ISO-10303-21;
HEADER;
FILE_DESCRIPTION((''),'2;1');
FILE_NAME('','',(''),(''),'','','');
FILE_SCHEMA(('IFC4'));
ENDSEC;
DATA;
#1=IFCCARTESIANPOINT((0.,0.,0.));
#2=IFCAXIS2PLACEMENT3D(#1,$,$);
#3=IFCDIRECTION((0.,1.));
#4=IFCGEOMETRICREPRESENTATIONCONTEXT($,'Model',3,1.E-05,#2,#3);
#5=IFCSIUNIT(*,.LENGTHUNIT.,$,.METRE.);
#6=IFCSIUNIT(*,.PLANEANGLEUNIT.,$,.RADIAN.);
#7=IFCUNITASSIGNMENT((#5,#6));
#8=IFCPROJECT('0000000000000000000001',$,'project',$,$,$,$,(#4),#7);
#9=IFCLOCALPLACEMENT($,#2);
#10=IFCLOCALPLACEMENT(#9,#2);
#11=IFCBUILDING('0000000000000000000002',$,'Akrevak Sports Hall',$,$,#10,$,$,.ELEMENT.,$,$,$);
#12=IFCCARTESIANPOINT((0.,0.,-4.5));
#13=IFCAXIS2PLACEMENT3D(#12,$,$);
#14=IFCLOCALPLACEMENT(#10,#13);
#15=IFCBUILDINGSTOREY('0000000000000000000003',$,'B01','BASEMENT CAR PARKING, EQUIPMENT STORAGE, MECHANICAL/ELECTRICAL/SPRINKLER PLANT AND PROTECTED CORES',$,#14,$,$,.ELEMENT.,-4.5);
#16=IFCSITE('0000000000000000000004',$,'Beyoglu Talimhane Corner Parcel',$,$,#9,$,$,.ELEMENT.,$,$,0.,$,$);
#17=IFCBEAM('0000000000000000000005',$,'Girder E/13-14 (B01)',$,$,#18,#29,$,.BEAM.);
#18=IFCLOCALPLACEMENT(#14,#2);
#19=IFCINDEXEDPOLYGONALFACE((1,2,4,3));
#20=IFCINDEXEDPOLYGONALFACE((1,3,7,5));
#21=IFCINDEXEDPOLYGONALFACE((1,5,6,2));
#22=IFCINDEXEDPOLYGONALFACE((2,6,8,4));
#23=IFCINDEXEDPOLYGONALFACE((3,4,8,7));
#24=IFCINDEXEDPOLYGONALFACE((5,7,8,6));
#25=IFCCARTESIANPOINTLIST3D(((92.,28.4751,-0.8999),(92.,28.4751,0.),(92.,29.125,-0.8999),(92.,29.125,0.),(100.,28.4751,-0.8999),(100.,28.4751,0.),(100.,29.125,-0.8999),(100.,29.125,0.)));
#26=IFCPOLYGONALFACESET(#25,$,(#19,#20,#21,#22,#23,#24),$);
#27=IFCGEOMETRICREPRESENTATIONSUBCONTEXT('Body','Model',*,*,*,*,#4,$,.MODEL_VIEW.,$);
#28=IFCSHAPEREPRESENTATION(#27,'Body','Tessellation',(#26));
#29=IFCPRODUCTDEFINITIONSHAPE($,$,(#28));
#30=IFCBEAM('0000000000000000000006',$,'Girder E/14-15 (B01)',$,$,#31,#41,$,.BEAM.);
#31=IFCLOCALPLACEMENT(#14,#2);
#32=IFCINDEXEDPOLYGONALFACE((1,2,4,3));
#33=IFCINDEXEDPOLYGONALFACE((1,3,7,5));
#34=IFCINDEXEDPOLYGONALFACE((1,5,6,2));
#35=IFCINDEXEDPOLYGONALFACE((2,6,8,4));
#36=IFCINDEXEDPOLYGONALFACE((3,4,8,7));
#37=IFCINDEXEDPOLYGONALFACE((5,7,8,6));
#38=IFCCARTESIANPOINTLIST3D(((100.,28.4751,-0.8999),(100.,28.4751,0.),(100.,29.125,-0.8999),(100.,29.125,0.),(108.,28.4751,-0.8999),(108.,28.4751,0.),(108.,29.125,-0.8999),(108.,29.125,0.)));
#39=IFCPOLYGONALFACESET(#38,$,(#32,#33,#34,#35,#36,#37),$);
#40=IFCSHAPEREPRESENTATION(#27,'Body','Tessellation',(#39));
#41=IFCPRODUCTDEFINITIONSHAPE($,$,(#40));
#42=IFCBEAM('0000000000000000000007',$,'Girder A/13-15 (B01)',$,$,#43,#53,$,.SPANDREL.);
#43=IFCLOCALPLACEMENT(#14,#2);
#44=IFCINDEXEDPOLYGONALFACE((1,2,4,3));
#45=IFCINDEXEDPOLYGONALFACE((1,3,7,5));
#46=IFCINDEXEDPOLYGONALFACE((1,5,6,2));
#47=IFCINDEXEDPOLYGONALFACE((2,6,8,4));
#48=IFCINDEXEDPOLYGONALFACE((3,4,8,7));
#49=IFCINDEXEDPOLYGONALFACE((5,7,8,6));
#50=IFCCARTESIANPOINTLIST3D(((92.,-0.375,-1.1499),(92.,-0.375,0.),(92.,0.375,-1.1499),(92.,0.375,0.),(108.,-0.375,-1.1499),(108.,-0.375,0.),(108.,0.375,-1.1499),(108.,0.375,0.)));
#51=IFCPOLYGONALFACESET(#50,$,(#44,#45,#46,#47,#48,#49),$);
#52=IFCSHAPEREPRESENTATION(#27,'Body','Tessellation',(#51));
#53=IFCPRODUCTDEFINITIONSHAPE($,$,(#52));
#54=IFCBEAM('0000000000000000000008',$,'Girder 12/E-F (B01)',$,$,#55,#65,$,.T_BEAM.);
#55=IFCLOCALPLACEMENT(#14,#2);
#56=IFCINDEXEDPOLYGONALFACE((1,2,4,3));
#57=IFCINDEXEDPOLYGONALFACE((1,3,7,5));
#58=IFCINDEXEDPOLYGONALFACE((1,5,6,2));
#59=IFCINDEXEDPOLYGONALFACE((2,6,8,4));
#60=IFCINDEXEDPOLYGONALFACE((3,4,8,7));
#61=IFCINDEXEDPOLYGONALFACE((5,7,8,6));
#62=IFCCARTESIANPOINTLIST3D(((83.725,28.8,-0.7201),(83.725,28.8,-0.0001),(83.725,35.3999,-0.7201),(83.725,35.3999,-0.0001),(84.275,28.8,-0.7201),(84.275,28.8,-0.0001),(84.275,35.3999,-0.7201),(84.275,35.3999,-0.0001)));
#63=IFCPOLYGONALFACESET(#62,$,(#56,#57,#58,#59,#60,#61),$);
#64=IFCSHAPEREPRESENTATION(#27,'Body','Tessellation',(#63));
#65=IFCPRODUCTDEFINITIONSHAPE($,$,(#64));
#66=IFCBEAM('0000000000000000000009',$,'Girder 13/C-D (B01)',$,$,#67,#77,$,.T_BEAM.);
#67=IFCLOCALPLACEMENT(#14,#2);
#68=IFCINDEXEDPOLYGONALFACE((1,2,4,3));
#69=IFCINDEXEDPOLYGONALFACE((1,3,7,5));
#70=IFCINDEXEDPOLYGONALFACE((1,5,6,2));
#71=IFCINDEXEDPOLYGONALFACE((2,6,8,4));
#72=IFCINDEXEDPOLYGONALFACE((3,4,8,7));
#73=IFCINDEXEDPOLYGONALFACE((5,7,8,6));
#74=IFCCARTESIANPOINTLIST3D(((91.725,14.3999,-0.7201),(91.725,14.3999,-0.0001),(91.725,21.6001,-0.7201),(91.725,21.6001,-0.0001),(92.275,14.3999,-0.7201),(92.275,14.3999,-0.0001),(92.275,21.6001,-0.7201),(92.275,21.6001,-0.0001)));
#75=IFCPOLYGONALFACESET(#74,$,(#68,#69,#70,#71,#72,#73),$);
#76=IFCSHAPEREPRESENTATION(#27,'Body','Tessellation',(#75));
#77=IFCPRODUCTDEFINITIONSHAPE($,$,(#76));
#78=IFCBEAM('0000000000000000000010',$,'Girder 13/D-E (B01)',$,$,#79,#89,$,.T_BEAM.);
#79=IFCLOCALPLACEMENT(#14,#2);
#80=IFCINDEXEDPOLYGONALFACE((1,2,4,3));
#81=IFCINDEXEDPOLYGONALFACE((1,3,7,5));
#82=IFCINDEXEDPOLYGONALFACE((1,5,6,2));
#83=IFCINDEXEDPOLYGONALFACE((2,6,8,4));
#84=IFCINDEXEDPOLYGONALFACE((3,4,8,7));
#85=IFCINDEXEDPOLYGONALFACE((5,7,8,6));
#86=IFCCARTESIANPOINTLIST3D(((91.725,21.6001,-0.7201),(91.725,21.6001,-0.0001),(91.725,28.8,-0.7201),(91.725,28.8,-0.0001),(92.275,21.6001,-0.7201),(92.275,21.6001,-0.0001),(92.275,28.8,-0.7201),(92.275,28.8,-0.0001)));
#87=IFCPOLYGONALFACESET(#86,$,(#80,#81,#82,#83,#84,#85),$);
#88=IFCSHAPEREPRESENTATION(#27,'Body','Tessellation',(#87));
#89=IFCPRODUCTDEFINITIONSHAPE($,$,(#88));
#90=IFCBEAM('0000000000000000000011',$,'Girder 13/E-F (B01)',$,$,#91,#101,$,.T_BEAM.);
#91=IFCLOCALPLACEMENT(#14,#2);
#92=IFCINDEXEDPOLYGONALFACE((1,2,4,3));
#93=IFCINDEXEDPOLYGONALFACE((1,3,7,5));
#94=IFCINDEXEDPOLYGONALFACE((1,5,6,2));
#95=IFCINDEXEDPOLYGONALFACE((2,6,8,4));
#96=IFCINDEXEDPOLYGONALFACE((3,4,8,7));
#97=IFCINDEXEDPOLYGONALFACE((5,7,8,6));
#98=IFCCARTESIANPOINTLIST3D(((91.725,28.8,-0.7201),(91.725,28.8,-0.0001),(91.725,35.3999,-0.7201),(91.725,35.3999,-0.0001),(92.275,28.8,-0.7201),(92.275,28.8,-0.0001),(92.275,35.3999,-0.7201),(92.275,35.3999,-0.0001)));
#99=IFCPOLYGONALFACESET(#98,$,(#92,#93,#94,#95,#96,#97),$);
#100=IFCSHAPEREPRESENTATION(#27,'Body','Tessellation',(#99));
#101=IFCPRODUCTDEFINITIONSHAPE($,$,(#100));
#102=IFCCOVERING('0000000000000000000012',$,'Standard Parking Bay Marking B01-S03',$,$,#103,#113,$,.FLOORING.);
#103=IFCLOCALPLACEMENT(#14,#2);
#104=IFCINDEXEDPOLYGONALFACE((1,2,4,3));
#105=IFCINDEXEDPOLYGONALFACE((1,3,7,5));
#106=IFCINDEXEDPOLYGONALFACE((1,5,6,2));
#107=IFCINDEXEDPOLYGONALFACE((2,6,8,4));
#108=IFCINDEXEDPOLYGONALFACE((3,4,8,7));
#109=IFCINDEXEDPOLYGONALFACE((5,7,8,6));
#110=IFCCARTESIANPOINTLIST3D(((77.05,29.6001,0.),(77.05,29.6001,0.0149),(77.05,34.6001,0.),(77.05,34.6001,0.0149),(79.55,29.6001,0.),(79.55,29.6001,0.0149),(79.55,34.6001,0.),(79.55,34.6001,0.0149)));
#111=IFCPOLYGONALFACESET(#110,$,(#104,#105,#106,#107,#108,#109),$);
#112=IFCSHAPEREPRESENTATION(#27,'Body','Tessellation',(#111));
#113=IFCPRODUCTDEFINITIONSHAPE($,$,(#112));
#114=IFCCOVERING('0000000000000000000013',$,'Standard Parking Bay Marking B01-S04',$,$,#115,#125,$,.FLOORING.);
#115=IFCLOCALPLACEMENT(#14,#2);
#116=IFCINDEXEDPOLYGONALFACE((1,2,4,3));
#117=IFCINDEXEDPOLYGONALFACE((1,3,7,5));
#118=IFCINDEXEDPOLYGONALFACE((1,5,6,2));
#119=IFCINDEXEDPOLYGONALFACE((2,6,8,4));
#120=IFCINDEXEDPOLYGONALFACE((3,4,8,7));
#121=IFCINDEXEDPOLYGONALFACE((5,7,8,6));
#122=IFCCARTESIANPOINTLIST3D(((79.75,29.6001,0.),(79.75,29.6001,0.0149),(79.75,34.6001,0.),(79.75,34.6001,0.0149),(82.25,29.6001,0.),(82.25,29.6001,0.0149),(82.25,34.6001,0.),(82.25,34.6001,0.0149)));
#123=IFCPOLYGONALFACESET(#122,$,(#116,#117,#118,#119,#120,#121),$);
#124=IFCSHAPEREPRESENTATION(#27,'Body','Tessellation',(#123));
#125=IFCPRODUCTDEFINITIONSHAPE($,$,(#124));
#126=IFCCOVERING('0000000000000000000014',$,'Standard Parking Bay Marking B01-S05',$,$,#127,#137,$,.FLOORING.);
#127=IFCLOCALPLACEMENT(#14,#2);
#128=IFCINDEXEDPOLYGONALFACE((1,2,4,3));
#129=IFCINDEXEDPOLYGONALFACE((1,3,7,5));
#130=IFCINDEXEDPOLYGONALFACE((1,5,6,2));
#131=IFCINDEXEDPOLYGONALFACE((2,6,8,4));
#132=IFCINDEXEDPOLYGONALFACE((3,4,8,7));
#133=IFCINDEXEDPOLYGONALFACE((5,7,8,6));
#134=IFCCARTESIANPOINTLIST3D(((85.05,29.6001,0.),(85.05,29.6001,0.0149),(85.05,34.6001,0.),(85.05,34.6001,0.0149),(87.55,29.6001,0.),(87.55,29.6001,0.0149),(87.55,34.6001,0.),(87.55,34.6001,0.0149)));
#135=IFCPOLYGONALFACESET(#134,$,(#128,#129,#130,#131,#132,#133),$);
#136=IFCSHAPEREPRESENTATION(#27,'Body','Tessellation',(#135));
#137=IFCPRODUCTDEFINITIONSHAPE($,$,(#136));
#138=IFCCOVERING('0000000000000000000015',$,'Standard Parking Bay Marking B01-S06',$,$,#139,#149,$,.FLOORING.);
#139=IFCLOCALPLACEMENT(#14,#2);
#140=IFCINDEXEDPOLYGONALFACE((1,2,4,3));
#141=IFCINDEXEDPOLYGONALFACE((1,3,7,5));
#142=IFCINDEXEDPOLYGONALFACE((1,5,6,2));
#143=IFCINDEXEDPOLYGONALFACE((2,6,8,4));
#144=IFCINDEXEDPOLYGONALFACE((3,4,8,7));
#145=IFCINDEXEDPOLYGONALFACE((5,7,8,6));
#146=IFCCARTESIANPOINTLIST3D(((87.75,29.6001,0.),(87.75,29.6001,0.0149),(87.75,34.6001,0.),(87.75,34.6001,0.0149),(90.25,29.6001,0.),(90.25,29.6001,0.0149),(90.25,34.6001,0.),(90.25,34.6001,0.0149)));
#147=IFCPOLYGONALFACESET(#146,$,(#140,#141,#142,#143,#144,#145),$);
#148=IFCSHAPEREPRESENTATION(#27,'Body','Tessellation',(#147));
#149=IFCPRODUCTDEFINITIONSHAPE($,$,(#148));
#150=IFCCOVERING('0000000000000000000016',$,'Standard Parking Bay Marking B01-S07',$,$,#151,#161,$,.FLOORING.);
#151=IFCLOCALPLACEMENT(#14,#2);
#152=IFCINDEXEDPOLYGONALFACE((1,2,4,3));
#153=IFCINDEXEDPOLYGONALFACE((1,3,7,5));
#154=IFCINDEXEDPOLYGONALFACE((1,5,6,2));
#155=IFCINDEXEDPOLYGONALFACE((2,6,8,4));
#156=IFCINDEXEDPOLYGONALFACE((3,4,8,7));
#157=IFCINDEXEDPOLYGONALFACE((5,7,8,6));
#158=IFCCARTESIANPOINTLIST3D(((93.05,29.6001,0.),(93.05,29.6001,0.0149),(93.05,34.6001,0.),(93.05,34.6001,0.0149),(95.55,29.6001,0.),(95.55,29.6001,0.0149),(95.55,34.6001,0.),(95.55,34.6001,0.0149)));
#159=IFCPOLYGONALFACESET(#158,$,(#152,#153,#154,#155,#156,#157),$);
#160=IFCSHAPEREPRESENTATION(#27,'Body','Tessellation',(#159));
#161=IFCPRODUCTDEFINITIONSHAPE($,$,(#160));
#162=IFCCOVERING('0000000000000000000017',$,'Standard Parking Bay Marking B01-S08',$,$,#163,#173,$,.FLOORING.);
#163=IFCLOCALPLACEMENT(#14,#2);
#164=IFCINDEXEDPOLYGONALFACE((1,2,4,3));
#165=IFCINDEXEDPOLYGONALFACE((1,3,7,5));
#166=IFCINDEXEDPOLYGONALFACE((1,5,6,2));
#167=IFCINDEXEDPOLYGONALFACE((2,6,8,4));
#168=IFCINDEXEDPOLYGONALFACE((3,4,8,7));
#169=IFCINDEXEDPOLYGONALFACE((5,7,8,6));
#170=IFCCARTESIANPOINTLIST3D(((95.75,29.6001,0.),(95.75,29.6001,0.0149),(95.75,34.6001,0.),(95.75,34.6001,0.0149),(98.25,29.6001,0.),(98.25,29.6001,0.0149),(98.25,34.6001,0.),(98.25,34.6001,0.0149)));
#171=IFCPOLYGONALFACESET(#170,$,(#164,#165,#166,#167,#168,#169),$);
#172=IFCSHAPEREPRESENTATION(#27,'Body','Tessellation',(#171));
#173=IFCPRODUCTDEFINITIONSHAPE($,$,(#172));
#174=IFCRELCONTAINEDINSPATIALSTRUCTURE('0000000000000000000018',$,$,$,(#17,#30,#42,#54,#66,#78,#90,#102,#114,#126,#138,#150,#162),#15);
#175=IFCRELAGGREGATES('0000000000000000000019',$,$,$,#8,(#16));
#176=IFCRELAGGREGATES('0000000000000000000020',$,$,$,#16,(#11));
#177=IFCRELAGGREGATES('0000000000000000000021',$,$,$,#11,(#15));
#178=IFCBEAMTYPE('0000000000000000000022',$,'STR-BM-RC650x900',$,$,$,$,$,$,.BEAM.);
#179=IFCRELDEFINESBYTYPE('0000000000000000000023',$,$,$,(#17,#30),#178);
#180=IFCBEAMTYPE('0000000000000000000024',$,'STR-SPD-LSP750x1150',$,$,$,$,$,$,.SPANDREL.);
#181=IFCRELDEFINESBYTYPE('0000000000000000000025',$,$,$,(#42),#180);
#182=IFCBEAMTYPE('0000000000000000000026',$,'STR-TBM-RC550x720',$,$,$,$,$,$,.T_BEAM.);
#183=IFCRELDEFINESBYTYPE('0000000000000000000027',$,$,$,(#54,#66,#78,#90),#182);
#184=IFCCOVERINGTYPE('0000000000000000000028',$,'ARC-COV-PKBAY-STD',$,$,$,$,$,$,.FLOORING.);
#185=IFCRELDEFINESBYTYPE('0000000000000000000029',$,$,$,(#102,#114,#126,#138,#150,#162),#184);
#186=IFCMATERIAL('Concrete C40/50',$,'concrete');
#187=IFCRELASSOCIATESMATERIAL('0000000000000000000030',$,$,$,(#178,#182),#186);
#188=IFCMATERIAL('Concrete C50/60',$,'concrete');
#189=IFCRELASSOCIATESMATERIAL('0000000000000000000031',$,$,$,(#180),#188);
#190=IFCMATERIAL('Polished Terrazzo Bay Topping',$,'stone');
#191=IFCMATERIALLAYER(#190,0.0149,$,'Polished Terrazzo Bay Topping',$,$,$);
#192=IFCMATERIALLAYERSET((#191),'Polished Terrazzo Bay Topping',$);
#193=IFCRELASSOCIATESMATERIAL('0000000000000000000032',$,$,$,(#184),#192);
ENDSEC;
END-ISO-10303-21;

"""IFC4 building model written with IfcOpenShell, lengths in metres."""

from ifc_helpers import new_model, si_unit, direction, frame, origin, origin_2d, place, context, subcontext, project, spatial, rectangle, extrude, material, layer, layer_set, material_profile, profile_set, type_object, element, save


model = new_model("IFC4")

# Units and contexts
model_context = context("Model", 3, precision=1e-05, world=origin(), true_north=direction((0.0, 1.0)))
body_context = subcontext(model_context, "Body", "Model", "MODEL_VIEW")
ifc_project = project(units=[si_unit("LENGTHUNIT", "METRE"), si_unit("PLANEANGLEUNIT", "RADIAN")], contexts=[model_context])

# Site, building, storey
site_placement = place(None, origin())
site = spatial("IfcSite", under=ifc_project, at=site_placement, Name="Beyoglu Talimhane Corner Parcel", CompositionType="ELEMENT", RefElevation=0.0)
building_placement = place(site_placement, origin())
building = spatial("IfcBuilding", under=site, at=building_placement, Name="Akrevak Sports Hall", CompositionType="ELEMENT")
storey_placement = place(building_placement, frame((0.0, 0.0, -4.5)))
storey = spatial("IfcBuildingStorey", under=building, at=storey_placement, Name="B01", Description="BASEMENT CAR PARKING, EQUIPMENT STORAGE, MECHANICAL/ELECTRICAL/SPRINKLER PLANT AND PROTECTED CORES", CompositionType="ELEMENT", Elevation=-4.5)

# Shared definitions
ifc_material_1 = material(Name="Concrete C50/60", Category="concrete")
ifc_material_2 = material(Name="Concrete C40/50", Category="concrete")

# Beams
ifc_material_profile_1 = material_profile(ifc_material_2, rectangle(XDim=0.6499, YDim=0.8999, at=origin_2d()), Name="BM 650x900", Category="concrete")
ifc_profile_set_1 = profile_set([ifc_material_profile_1], Name="Concrete C40/50")
beam_type_1 = type_object("IfcBeamType", Name="STR-BM-RC650x900", PredefinedType="BEAM", material=ifc_profile_set_1)
for number, where, z_axis, x_axis, name in (
    (1, (92.0, 28.8, -0.45), (1.0, 0.0, 0.0), (0.0, 1.0, 0.0), "Girder E/13-14 (B01)"),
    (2, (100.0, 28.8, -0.45), (1.0, 0.0, 0.0), (0.0, 1.0, 0.0), "Girder E/14-15 (B01)"),
):
    element("IfcBeam", number, at=place(storey_placement, frame(where, z_axis=z_axis, x_axis=x_axis)), inside=storey, type_object=beam_type_1, Name=name, PredefinedType="BEAM", context=body_context, shape_type="SweptSolid", body=[
        extrude(rectangle(XDim=0.6499, YDim=0.8999, at=origin_2d()), origin(), (0.0, 0.0, 1.0), 8.0),
    ])
ifc_material_profile_2 = material_profile(ifc_material_1, rectangle(XDim=0.75, YDim=1.1499, at=origin_2d()), Name="SPD 750x1150", Category="concrete")
ifc_profile_set_2 = profile_set([ifc_material_profile_2], Name="Concrete C50/60")
beam_type_2 = type_object("IfcBeamType", Name="STR-SPD-LSP750x1150", PredefinedType="SPANDREL", material=ifc_profile_set_2)
beam_1_placement = place(storey_placement, frame((92.0, 0.0, -0.575), z_axis=(1.0, 0.0, 0.0), x_axis=(0.0, 1.0, 0.0)))
element("IfcBeam", 3, at=beam_1_placement, inside=storey, type_object=beam_type_2, Name="Girder A/13-15 (B01)", PredefinedType="SPANDREL", context=body_context, shape_type="SweptSolid", body=[
    extrude(rectangle(XDim=0.75, YDim=1.1499, at=origin_2d()), origin(), (0.0, 0.0, 1.0), 16.0),
])
ifc_material_profile_3 = material_profile(ifc_material_2, rectangle(XDim=0.55, YDim=0.72, at=origin_2d()), Name="TBM 550x720", Category="concrete")
ifc_profile_set_3 = profile_set([ifc_material_profile_3], Name="Concrete C40/50")
beam_type_3 = type_object("IfcBeamType", Name="STR-TBM-RC550x720", PredefinedType="T_BEAM", material=ifc_profile_set_3)
beam_2_placement = place(storey_placement, frame((84.0, 28.8, -0.3601), z_axis=(0.0, 1.0, 0.0), x_axis=(-1.0, 0.0, 0.0)))
element("IfcBeam", 4, at=beam_2_placement, inside=storey, type_object=beam_type_3, Name="Girder 12/E-F (B01)", PredefinedType="T_BEAM", context=body_context, shape_type="SweptSolid", body=[
    extrude(rectangle(XDim=0.55, YDim=0.72, at=origin_2d()), origin(), (0.0, 0.0, 1.0), 6.5999),
])
beam_3_placement = place(storey_placement, frame((92.0, 14.3999, -0.3601), z_axis=(0.0, 1.0, 0.0), x_axis=(-1.0, 0.0, 0.0)))
element("IfcBeam", 5, at=beam_3_placement, inside=storey, type_object=beam_type_3, Name="Girder 13/C-D (B01)", PredefinedType="T_BEAM", context=body_context, shape_type="SweptSolid", body=[
    extrude(rectangle(XDim=0.55, YDim=0.72, at=origin_2d()), origin(), (0.0, 0.0, 1.0), 7.2002),
])
beam_4_placement = place(storey_placement, frame((92.0, 21.6001, -0.3601), z_axis=(0.0, 1.0, 0.0), x_axis=(-1.0, 0.0, 0.0)))
element("IfcBeam", 6, at=beam_4_placement, inside=storey, type_object=beam_type_3, Name="Girder 13/D-E (B01)", PredefinedType="T_BEAM", context=body_context, shape_type="SweptSolid", body=[
    extrude(rectangle(XDim=0.55, YDim=0.72, at=origin_2d()), origin(), (0.0, 0.0, 1.0), 7.2),
])
beam_5_placement = place(storey_placement, frame((92.0, 28.8, -0.3601), z_axis=(0.0, 1.0, 0.0), x_axis=(-1.0, 0.0, 0.0)))
element("IfcBeam", 7, at=beam_5_placement, inside=storey, type_object=beam_type_3, Name="Girder 13/E-F (B01)", PredefinedType="T_BEAM", context=body_context, shape_type="SweptSolid", body=[
    extrude(rectangle(XDim=0.55, YDim=0.72, at=origin_2d()), origin(), (0.0, 0.0, 1.0), 6.5999),
])

# Coverings
ifc_material_3 = material(Name="Polished Terrazzo Bay Topping", Category="stone")
ifc_layer = layer(ifc_material_3, 0.0149, Name="Polished Terrazzo Bay Topping")
ifc_layer_set = layer_set([ifc_layer], Name="Polished Terrazzo Bay Topping")
covering_type = type_object("IfcCoveringType", Name="ARC-COV-PKBAY-STD", PredefinedType="FLOORING", material=ifc_layer_set)
for number, where, z_axis, x_axis, name in (
    (8, (78.3, 32.1001, 0.0), (0.0, 0.0, 1.0), (1.0, 0.0, 0.0), "Standard Parking Bay Marking B01-S03"),
    (9, (81.0, 32.1001, 0.0), (0.0, 0.0, 1.0), (1.0, 0.0, 0.0), "Standard Parking Bay Marking B01-S04"),
    (10, (86.3, 32.1001, 0.0), (0.0, 0.0, 1.0), (1.0, 0.0, 0.0), "Standard Parking Bay Marking B01-S05"),
    (11, (89.0, 32.1001, 0.0), (0.0, 0.0, 1.0), (1.0, 0.0, 0.0), "Standard Parking Bay Marking B01-S06"),
    (12, (94.3, 32.1001, 0.0), (0.0, 0.0, 1.0), (1.0, 0.0, 0.0), "Standard Parking Bay Marking B01-S07"),
    (13, (97.0, 32.1001, 0.0), (0.0, 0.0, 1.0), (1.0, 0.0, 0.0), "Standard Parking Bay Marking B01-S08"),
):
    element("IfcCovering", number, at=place(storey_placement, frame(where, z_axis=z_axis, x_axis=x_axis)), inside=storey, type_object=covering_type, Name=name, PredefinedType="FLOORING", context=body_context, shape_type="SweptSolid", body=[
        extrude(rectangle(XDim=2.5, YDim=5.0, at=origin_2d()), origin(), (0.0, 0.0, 1.0), 0.0149),
    ])

save(model, "model.ifc")
